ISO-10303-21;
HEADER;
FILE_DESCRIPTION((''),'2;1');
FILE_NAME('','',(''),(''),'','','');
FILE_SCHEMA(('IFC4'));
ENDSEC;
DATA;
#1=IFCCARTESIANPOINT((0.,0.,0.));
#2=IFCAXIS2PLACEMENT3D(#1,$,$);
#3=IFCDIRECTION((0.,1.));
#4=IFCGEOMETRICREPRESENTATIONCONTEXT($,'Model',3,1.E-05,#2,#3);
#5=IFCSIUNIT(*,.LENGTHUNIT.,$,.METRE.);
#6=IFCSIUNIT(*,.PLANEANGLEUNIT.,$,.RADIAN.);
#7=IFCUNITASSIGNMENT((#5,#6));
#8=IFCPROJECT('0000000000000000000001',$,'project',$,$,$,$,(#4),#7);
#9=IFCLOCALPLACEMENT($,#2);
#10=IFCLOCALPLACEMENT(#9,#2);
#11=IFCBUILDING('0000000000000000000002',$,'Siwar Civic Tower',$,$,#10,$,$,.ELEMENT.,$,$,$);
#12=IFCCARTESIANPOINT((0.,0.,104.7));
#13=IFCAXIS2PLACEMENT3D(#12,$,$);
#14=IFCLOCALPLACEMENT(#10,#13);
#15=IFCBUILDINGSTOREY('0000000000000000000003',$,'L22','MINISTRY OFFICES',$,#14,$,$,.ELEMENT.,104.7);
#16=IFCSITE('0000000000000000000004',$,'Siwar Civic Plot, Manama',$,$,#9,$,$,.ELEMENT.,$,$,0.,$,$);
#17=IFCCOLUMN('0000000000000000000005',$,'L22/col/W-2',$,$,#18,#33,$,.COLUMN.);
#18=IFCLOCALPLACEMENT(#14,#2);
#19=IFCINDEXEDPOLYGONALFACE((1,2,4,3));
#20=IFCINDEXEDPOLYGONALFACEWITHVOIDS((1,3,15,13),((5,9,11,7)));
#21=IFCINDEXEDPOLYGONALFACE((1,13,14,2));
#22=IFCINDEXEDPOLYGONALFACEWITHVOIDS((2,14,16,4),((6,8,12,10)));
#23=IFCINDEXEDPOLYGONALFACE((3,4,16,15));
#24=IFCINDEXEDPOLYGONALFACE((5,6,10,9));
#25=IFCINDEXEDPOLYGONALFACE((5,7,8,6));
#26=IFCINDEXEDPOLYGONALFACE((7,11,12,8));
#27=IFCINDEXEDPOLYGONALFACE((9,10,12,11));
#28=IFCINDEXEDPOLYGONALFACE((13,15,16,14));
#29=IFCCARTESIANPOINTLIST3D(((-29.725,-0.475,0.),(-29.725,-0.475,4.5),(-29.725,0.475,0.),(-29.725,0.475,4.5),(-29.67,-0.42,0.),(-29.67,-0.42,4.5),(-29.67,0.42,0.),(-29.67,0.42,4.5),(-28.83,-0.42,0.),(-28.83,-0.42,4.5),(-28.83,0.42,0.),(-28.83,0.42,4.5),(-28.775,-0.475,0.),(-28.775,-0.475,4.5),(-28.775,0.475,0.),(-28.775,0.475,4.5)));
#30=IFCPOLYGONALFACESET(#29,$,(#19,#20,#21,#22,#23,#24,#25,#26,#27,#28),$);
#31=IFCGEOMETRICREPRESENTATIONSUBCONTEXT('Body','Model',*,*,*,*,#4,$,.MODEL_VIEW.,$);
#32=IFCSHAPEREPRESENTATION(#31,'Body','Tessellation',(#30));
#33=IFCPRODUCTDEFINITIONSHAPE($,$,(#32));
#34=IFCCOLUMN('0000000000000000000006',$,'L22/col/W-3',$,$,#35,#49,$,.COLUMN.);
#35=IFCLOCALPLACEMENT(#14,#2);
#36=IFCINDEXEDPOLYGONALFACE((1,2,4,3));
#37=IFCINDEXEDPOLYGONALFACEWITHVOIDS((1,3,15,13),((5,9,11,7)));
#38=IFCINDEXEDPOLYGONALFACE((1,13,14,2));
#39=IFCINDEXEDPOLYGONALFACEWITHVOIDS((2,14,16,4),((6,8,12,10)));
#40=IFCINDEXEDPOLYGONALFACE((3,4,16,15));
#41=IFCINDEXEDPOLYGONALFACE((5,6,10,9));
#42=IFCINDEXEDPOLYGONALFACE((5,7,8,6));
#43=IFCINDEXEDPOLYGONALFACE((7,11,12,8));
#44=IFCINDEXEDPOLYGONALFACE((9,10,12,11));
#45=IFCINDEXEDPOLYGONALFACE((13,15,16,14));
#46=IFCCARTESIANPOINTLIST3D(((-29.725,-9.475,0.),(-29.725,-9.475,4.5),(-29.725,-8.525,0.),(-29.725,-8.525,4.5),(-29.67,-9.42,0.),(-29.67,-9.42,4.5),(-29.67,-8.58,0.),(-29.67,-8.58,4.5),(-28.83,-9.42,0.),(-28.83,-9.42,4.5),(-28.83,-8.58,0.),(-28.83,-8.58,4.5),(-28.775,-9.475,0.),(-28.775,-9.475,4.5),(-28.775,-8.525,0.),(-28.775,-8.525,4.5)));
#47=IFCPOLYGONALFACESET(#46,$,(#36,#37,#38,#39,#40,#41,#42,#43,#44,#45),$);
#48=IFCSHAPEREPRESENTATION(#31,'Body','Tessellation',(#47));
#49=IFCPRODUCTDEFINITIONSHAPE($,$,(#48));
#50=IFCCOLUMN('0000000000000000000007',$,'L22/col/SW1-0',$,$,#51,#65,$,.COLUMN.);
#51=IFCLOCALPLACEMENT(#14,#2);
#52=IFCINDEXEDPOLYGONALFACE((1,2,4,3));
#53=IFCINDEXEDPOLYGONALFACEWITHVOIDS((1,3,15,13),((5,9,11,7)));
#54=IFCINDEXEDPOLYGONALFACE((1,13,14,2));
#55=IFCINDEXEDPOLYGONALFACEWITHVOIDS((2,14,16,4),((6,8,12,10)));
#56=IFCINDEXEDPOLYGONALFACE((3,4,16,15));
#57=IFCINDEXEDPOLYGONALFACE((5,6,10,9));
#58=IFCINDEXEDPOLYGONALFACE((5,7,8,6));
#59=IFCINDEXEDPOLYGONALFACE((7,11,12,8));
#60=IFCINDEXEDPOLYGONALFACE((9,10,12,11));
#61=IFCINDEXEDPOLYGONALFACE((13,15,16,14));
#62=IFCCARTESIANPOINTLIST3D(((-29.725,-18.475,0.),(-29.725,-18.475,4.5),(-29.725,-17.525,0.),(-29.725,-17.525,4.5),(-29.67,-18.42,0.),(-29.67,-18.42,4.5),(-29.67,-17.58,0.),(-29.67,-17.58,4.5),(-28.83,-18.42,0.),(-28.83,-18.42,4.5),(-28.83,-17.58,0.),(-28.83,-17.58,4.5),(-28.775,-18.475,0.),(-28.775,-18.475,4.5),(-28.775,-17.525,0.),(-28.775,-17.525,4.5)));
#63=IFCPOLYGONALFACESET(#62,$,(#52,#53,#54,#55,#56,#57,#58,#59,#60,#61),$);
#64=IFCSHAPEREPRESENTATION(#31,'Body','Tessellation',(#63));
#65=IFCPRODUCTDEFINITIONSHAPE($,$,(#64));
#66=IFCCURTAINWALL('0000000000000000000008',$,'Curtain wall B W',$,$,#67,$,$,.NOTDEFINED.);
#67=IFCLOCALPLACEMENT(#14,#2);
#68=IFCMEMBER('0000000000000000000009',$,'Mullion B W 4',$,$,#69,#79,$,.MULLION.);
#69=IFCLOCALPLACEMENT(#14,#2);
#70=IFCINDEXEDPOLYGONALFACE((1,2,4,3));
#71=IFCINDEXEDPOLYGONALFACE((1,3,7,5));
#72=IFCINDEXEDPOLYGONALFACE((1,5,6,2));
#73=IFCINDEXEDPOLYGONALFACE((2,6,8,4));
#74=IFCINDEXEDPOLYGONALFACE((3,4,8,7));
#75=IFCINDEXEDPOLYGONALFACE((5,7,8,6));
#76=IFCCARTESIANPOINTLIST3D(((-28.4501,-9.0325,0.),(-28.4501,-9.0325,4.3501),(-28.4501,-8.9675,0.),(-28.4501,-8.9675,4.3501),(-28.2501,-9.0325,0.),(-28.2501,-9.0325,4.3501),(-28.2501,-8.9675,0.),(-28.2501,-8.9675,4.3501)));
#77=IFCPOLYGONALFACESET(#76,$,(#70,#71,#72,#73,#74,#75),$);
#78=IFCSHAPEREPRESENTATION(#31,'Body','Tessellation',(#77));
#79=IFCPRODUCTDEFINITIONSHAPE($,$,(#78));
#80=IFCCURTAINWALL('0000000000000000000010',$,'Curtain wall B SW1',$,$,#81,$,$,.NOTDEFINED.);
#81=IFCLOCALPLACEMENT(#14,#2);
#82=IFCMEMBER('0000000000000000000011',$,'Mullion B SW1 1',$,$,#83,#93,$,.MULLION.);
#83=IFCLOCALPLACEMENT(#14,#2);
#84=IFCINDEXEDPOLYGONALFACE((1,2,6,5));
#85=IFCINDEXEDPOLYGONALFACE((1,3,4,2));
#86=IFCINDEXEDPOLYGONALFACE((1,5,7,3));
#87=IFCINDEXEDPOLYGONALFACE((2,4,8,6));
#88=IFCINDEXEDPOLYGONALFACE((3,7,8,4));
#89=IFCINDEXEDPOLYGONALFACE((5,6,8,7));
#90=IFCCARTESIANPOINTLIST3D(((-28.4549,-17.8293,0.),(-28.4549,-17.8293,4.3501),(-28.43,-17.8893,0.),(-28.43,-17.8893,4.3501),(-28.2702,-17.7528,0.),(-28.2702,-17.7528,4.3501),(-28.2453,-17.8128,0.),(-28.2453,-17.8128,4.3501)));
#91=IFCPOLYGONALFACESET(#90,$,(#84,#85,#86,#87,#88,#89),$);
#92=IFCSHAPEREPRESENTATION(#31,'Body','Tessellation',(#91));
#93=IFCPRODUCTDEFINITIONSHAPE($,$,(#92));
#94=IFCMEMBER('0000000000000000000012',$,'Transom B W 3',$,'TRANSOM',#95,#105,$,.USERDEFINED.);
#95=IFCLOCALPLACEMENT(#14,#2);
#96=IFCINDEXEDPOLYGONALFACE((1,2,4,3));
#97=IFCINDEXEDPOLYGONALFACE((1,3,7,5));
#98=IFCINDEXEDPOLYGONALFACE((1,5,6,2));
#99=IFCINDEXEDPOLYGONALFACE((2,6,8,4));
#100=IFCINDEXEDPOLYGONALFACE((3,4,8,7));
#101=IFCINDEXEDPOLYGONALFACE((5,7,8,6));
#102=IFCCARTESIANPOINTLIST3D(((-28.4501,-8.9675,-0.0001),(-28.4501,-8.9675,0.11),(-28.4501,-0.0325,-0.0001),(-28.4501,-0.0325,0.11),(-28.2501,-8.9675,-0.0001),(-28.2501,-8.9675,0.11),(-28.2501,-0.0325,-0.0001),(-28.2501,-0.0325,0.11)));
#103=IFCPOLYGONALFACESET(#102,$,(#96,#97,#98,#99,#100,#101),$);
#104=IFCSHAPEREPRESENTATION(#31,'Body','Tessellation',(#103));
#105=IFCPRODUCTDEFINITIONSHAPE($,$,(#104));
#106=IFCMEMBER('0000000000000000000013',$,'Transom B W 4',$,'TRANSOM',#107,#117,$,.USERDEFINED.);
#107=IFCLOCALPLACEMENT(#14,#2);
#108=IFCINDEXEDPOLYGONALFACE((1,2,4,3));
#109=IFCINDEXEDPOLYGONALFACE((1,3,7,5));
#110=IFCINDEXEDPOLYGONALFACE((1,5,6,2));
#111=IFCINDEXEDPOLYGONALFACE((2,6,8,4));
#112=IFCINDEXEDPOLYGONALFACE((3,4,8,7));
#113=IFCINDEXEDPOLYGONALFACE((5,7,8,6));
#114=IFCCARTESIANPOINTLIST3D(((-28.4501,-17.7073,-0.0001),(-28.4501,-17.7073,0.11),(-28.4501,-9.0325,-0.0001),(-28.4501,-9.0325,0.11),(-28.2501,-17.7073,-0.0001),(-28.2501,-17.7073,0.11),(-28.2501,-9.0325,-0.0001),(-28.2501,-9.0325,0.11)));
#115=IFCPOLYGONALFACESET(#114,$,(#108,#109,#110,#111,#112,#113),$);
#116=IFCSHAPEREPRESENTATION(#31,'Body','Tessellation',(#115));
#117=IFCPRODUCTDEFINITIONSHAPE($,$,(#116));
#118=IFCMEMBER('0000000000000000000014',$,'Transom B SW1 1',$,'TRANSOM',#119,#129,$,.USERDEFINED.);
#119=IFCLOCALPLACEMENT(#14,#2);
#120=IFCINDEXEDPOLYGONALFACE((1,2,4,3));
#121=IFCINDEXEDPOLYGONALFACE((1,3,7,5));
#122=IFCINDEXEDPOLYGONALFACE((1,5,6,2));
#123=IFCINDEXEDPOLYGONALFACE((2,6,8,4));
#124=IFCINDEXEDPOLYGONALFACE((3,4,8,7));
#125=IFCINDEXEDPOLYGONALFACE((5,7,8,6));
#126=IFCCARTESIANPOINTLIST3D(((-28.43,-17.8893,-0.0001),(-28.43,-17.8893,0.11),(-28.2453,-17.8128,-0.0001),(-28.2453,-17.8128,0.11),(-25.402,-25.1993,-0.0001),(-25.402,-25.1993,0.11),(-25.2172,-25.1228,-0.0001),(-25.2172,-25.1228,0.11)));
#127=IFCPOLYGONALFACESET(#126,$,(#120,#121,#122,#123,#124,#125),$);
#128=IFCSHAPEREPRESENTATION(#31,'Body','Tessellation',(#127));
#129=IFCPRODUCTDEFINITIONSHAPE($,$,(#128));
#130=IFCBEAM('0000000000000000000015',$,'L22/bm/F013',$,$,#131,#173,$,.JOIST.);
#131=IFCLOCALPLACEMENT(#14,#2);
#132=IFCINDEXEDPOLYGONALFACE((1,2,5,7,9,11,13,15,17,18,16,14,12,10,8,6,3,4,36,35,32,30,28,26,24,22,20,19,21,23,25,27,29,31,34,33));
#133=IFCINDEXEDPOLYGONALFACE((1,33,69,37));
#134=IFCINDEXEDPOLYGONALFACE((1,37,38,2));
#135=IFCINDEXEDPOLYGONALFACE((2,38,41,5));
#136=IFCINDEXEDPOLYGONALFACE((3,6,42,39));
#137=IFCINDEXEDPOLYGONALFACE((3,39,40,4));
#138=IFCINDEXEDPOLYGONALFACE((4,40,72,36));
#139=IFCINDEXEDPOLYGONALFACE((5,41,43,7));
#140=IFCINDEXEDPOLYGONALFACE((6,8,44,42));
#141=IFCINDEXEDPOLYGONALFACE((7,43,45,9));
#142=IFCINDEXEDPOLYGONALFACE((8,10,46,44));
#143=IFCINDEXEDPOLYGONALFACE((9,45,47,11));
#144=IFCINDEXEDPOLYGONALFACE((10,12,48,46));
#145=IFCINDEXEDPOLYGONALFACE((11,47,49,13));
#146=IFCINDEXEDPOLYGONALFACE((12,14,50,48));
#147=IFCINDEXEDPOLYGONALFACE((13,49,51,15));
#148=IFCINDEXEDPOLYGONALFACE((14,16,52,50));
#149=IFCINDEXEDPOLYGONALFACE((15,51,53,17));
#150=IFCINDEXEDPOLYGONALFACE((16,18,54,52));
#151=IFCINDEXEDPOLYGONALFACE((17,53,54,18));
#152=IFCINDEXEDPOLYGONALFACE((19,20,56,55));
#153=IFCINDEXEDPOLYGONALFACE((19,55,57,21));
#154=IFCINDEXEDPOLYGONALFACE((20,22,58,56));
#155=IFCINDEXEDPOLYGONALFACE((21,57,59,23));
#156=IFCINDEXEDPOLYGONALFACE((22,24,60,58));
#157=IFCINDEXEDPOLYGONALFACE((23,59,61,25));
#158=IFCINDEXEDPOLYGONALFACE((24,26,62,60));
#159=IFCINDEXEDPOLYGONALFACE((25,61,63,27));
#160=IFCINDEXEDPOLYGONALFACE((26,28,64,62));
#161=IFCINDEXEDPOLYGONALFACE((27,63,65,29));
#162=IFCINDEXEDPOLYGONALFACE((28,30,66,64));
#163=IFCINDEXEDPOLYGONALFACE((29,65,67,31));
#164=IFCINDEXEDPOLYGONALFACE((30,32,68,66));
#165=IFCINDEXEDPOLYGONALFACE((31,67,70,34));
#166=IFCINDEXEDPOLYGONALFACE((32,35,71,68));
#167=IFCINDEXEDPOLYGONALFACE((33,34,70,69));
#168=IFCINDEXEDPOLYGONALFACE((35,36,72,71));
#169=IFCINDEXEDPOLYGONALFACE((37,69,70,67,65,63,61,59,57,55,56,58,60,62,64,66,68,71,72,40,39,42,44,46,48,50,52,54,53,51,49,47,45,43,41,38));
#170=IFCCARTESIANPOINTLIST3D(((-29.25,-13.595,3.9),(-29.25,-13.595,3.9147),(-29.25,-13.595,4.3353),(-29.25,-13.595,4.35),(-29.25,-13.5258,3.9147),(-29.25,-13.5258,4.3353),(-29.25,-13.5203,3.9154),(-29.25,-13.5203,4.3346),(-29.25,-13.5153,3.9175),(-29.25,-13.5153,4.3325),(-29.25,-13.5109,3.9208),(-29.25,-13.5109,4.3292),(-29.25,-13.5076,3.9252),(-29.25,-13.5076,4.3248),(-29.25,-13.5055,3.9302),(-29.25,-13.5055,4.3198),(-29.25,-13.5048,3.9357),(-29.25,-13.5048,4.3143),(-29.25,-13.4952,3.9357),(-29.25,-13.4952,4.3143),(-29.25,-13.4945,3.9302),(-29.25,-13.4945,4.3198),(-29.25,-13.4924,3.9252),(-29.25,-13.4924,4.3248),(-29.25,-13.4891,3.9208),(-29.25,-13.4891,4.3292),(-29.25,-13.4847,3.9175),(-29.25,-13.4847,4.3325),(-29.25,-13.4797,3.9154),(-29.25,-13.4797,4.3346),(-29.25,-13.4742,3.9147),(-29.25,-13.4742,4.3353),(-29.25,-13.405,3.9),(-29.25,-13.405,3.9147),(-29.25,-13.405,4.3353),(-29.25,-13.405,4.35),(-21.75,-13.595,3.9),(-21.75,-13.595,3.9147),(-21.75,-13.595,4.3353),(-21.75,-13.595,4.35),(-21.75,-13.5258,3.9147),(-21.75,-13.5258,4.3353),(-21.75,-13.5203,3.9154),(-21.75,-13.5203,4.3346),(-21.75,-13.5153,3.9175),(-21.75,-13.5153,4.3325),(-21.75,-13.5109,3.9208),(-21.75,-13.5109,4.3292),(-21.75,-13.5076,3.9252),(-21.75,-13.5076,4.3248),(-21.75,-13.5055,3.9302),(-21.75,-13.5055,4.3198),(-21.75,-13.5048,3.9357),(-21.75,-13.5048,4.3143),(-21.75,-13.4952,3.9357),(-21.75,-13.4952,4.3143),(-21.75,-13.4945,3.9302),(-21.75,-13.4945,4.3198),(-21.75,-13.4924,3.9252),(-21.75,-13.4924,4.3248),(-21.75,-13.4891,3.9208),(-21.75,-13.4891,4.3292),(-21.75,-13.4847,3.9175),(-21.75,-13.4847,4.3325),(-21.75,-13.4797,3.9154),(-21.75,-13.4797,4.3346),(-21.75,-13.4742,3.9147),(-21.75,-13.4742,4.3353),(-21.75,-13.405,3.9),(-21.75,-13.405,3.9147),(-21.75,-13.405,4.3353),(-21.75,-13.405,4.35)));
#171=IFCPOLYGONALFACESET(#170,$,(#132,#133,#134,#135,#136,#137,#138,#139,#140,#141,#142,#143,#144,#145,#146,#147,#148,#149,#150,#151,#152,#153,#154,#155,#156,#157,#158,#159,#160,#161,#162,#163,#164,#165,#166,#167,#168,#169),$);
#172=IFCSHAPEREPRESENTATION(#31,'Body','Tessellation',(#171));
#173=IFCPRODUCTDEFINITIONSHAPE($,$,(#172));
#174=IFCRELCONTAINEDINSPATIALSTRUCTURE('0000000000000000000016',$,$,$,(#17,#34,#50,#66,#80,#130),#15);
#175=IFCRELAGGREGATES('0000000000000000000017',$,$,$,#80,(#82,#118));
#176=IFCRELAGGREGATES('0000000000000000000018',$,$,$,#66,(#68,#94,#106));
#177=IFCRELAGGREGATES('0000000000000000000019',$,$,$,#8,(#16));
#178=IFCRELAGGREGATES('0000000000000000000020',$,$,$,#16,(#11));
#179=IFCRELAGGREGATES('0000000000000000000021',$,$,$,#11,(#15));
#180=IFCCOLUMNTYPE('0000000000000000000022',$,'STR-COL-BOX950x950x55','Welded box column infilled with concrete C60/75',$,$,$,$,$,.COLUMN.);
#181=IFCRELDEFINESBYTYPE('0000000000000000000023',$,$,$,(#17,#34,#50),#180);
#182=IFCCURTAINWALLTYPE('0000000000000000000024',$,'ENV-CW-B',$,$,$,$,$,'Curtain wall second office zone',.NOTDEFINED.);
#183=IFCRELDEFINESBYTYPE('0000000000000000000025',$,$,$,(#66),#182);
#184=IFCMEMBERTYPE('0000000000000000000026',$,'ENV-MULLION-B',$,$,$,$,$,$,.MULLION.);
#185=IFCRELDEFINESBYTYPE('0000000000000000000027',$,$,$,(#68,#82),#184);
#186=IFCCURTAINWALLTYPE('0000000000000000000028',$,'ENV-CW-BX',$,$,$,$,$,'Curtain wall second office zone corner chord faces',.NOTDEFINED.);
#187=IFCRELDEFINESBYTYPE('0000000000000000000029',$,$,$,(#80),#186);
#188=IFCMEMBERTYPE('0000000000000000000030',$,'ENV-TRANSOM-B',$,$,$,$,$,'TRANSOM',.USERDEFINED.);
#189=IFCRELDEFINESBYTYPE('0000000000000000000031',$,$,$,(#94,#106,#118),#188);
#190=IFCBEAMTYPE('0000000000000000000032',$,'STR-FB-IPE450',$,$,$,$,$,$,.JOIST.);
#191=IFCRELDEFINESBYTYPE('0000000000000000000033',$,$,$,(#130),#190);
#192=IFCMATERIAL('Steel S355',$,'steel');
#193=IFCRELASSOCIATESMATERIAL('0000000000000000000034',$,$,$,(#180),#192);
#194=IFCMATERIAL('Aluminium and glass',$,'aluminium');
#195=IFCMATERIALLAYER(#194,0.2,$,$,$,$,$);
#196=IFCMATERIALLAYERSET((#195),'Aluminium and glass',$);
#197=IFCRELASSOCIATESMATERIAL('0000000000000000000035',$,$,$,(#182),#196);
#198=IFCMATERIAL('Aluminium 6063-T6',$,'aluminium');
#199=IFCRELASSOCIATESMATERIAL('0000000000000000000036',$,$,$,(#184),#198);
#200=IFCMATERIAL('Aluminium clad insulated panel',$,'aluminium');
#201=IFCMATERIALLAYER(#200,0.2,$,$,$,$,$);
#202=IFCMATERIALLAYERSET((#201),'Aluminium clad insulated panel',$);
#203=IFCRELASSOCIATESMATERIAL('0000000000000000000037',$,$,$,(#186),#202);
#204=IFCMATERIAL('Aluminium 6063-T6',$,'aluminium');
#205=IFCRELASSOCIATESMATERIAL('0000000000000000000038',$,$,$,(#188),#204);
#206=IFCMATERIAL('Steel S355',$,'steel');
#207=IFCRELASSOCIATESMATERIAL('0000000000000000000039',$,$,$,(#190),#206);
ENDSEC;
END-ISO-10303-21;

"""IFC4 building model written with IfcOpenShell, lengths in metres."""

from ifc_helpers import new_model, si_unit, direction, frame, origin, origin_2d, place, context, subcontext, project, spatial, rectangle, hollow_rectangle, i_section, extrude, material, layer, layer_set, material_profile, profile_set, type_object, element, aggregate, save


model = new_model("IFC4")

# Units and contexts
model_context = context("Model", 3, precision=1e-05, world=origin(), true_north=direction((0.0, 1.0)))
body_context = subcontext(model_context, "Body", "Model", "MODEL_VIEW")
ifc_project = project(units=[si_unit("LENGTHUNIT", "METRE"), si_unit("PLANEANGLEUNIT", "RADIAN")], contexts=[model_context])

# Site, building, storey
site_placement = place(None, origin())
site = spatial("IfcSite", under=ifc_project, at=site_placement, Name="Siwar Civic Plot, Manama", CompositionType="ELEMENT", RefElevation=0.0)
building_placement = place(site_placement, origin())
building = spatial("IfcBuilding", under=site, at=building_placement, Name="Siwar Civic Tower", CompositionType="ELEMENT")
storey_placement = place(building_placement, frame((0.0, 0.0, 104.7)))
storey = spatial("IfcBuildingStorey", under=building, at=storey_placement, Name="L22", Description="MINISTRY OFFICES", CompositionType="ELEMENT", Elevation=104.7)

# Columns
ifc_material_1 = material(Name="Steel S355", Category="steel")
ifc_material_profile_1 = material_profile(ifc_material_1, hollow_rectangle(XDim=0.95, YDim=0.95, WallThickness=0.0549, at=origin_2d()), Name="BOX950x950x55")
ifc_profile_set_1 = profile_set([ifc_material_profile_1], Name="Steel S355")
column_type = type_object("IfcColumnType", Name="STR-COL-BOX950x950x55", Description="Welded box column infilled with concrete C60/75", PredefinedType="COLUMN", material=ifc_profile_set_1)
for number, where, z_axis, x_axis, name in (
    (1, (-29.25, 0.0, 0.0), (0.0, 0.0, 1.0), (1.0, 0.0, 0.0), "L22/col/W-2"),
    (2, (-29.25, -9.0, 0.0), (0.0, 0.0, 1.0), (1.0, 0.0, 0.0), "L22/col/W-3"),
    (3, (-29.25, -18.0, 0.0), (0.0, 0.0, 1.0), (1.0, 0.0, 0.0), "L22/col/SW1-0"),
):
    element("IfcColumn", number, at=place(storey_placement, frame(where, z_axis=z_axis, x_axis=x_axis)), inside=storey, type_object=column_type, Name=name, PredefinedType="COLUMN", context=body_context, shape_type="SweptSolid", body=[
        extrude(hollow_rectangle(XDim=0.95, YDim=0.95, WallThickness=0.0549, at=origin_2d()), origin(), (0.0, 0.0, 1.0), 4.5),
    ])

# Curtain walls, members
ifc_material_2 = material(Name="Aluminium and glass", Category="aluminium")
ifc_layer_1 = layer(ifc_material_2, 0.2)
ifc_layer_set_1 = layer_set([ifc_layer_1], Name="Aluminium and glass")
curtain_wall_type_1 = type_object("IfcCurtainWallType", Name="ENV-CW-B", ElementType="Curtain wall second office zone", PredefinedType="NOTDEFINED", material=ifc_layer_set_1)
curtain_wall_1_placement = place(storey_placement, origin())
curtain_wall_1 = element("IfcCurtainWall", 4, at=curtain_wall_1_placement, inside=storey, type_object=curtain_wall_type_1, Name="Curtain wall B W", PredefinedType="NOTDEFINED")
ifc_material_3 = material(Name="Aluminium 6063-T6", Category="aluminium")
ifc_material_profile_2 = material_profile(ifc_material_3, rectangle(XDim=0.2, YDim=0.0649, at=origin_2d()), Name="AL 200x65")
ifc_profile_set_2 = profile_set([ifc_material_profile_2], Name="Aluminium 6063-T6")
member_type_1 = type_object("IfcMemberType", Name="ENV-MULLION-B", PredefinedType="MULLION", material=ifc_profile_set_2)
member_1_placement = place(storey_placement, frame((-28.3501, -9.0, 0.0), z_axis=(0.0, 0.0, 1.0), x_axis=(1.0, 0.0, 0.0)))
member_1 = element("IfcMember", 5, at=member_1_placement, type_object=member_type_1, Name="Mullion B W 4", PredefinedType="MULLION", context=body_context, shape_type="SweptSolid", body=[
    extrude(rectangle(XDim=0.2, YDim=0.0649, at=origin_2d()), origin(), (0.0, 0.0, 1.0), 4.3501),
])
ifc_material_4 = material(Name="Aluminium clad insulated panel", Category="aluminium")
ifc_layer_2 = layer(ifc_material_4, 0.2)
ifc_layer_set_2 = layer_set([ifc_layer_2], Name="Aluminium clad insulated panel")
curtain_wall_type_2 = type_object("IfcCurtainWallType", Name="ENV-CW-BX", ElementType="Curtain wall second office zone corner chord faces", PredefinedType="NOTDEFINED", material=ifc_layer_set_2)
curtain_wall_2_placement = place(storey_placement, origin())
curtain_wall_2 = element("IfcCurtainWall", 6, at=curtain_wall_2_placement, inside=storey, type_object=curtain_wall_type_2, Name="Curtain wall B SW1", PredefinedType="NOTDEFINED")
member_2_placement = place(storey_placement, frame((-28.3501, -17.821, 0.0), z_axis=(0.0, 0.0, 1.0), x_axis=(0.92388, 0.382683, 0.0)))
member_2 = element("IfcMember", 7, at=member_2_placement, type_object=member_type_1, Name="Mullion B SW1 1", PredefinedType="MULLION", context=body_context, shape_type="SweptSolid", body=[
    extrude(rectangle(XDim=0.2, YDim=0.0649, at=origin_2d()), origin(), (0.0, 0.0, 1.0), 4.3501),
])

# Members
ifc_material_5 = material(Name="Aluminium 6063-T6", Category="aluminium")
ifc_material_profile_3 = material_profile(ifc_material_5, rectangle(XDim=0.2, YDim=0.1101, at=origin_2d()), Name="AL 200x110")
ifc_profile_set_3 = profile_set([ifc_material_profile_3], Name="Aluminium 6063-T6")
member_type_2 = type_object("IfcMemberType", Name="ENV-TRANSOM-B", ElementType="TRANSOM", PredefinedType="USERDEFINED", material=ifc_profile_set_3)
member_3_placement = place(storey_placement, frame((-28.3501, -0.0325, 0.0549), z_axis=(0.0, -1.0, 0.0), x_axis=(1.0, 0.0, 0.0)))
member_3 = element("IfcMember", 8, at=member_3_placement, type_object=member_type_2, Name="Transom B W 3", ObjectType="TRANSOM", PredefinedType="USERDEFINED", context=body_context, shape_type="SweptSolid", body=[
    extrude(rectangle(XDim=0.2, YDim=0.1101, at=origin_2d()), origin(), (0.0, 0.0, 1.0), 8.9351),
])
member_4_placement = place(storey_placement, frame((-28.3501, -9.0325, 0.0549), z_axis=(0.0, -1.0, 0.0), x_axis=(1.0, 0.0, 0.0)))
member_4 = element("IfcMember", 9, at=member_4_placement, type_object=member_type_2, Name="Transom B W 4", ObjectType="TRANSOM", PredefinedType="USERDEFINED", context=body_context, shape_type="SweptSolid", body=[
    extrude(rectangle(XDim=0.2, YDim=0.1101, at=origin_2d()), origin(), (0.0, 0.0, 1.0), 8.6748),
])
member_5_placement = place(storey_placement, frame((-28.3376, -17.8511, 0.0549), z_axis=(0.3827, -0.923873, 0.0), x_axis=(0.923873, 0.3827, 0.0)))
member_5 = element("IfcMember", 10, at=member_5_placement, type_object=member_type_2, Name="Transom B SW1 1", ObjectType="TRANSOM", PredefinedType="USERDEFINED", context=body_context, shape_type="SweptSolid", body=[
    extrude(rectangle(XDim=0.2, YDim=0.1101, at=origin_2d()), origin(), (0.0, 0.0, 1.0), 7.9124),
])
aggregate(curtain_wall_2, [member_2, member_5])

# Beam
ifc_material_6 = material(Name="Steel S355", Category="steel")
ifc_material_profile_4 = material_profile(ifc_material_6, i_section(OverallWidth=0.1899, OverallDepth=0.45, WebThickness=0.0095, FlangeThickness=0.0146, FilletRadius=0.021, at=origin_2d()), Name="IPE450")
ifc_profile_set_4 = profile_set([ifc_material_profile_4], Name="Steel S355")
beam_type_1 = type_object("IfcBeamType", Name="STR-FB-IPE450", PredefinedType="JOIST", material=ifc_profile_set_4)
beam_1_placement = place(storey_placement, frame((-29.25, -13.5, 4.125), z_axis=(1.0, 0.0, 0.0), x_axis=(0.0, 1.0, 0.0)))
element("IfcBeam", 11, at=beam_1_placement, inside=storey, type_object=beam_type_1, Name="L22/bm/F013", PredefinedType="JOIST", context=body_context, shape_type="SweptSolid", body=[
    extrude(i_section(OverallWidth=0.1899, OverallDepth=0.45, WebThickness=0.0095, FlangeThickness=0.0146, FilletRadius=0.021, at=origin_2d()), origin(), (0.0, 0.0, 1.0), 7.5),
])

aggregate(curtain_wall_1, [member_1, member_3, member_4])

save(model, "model.ifc")
